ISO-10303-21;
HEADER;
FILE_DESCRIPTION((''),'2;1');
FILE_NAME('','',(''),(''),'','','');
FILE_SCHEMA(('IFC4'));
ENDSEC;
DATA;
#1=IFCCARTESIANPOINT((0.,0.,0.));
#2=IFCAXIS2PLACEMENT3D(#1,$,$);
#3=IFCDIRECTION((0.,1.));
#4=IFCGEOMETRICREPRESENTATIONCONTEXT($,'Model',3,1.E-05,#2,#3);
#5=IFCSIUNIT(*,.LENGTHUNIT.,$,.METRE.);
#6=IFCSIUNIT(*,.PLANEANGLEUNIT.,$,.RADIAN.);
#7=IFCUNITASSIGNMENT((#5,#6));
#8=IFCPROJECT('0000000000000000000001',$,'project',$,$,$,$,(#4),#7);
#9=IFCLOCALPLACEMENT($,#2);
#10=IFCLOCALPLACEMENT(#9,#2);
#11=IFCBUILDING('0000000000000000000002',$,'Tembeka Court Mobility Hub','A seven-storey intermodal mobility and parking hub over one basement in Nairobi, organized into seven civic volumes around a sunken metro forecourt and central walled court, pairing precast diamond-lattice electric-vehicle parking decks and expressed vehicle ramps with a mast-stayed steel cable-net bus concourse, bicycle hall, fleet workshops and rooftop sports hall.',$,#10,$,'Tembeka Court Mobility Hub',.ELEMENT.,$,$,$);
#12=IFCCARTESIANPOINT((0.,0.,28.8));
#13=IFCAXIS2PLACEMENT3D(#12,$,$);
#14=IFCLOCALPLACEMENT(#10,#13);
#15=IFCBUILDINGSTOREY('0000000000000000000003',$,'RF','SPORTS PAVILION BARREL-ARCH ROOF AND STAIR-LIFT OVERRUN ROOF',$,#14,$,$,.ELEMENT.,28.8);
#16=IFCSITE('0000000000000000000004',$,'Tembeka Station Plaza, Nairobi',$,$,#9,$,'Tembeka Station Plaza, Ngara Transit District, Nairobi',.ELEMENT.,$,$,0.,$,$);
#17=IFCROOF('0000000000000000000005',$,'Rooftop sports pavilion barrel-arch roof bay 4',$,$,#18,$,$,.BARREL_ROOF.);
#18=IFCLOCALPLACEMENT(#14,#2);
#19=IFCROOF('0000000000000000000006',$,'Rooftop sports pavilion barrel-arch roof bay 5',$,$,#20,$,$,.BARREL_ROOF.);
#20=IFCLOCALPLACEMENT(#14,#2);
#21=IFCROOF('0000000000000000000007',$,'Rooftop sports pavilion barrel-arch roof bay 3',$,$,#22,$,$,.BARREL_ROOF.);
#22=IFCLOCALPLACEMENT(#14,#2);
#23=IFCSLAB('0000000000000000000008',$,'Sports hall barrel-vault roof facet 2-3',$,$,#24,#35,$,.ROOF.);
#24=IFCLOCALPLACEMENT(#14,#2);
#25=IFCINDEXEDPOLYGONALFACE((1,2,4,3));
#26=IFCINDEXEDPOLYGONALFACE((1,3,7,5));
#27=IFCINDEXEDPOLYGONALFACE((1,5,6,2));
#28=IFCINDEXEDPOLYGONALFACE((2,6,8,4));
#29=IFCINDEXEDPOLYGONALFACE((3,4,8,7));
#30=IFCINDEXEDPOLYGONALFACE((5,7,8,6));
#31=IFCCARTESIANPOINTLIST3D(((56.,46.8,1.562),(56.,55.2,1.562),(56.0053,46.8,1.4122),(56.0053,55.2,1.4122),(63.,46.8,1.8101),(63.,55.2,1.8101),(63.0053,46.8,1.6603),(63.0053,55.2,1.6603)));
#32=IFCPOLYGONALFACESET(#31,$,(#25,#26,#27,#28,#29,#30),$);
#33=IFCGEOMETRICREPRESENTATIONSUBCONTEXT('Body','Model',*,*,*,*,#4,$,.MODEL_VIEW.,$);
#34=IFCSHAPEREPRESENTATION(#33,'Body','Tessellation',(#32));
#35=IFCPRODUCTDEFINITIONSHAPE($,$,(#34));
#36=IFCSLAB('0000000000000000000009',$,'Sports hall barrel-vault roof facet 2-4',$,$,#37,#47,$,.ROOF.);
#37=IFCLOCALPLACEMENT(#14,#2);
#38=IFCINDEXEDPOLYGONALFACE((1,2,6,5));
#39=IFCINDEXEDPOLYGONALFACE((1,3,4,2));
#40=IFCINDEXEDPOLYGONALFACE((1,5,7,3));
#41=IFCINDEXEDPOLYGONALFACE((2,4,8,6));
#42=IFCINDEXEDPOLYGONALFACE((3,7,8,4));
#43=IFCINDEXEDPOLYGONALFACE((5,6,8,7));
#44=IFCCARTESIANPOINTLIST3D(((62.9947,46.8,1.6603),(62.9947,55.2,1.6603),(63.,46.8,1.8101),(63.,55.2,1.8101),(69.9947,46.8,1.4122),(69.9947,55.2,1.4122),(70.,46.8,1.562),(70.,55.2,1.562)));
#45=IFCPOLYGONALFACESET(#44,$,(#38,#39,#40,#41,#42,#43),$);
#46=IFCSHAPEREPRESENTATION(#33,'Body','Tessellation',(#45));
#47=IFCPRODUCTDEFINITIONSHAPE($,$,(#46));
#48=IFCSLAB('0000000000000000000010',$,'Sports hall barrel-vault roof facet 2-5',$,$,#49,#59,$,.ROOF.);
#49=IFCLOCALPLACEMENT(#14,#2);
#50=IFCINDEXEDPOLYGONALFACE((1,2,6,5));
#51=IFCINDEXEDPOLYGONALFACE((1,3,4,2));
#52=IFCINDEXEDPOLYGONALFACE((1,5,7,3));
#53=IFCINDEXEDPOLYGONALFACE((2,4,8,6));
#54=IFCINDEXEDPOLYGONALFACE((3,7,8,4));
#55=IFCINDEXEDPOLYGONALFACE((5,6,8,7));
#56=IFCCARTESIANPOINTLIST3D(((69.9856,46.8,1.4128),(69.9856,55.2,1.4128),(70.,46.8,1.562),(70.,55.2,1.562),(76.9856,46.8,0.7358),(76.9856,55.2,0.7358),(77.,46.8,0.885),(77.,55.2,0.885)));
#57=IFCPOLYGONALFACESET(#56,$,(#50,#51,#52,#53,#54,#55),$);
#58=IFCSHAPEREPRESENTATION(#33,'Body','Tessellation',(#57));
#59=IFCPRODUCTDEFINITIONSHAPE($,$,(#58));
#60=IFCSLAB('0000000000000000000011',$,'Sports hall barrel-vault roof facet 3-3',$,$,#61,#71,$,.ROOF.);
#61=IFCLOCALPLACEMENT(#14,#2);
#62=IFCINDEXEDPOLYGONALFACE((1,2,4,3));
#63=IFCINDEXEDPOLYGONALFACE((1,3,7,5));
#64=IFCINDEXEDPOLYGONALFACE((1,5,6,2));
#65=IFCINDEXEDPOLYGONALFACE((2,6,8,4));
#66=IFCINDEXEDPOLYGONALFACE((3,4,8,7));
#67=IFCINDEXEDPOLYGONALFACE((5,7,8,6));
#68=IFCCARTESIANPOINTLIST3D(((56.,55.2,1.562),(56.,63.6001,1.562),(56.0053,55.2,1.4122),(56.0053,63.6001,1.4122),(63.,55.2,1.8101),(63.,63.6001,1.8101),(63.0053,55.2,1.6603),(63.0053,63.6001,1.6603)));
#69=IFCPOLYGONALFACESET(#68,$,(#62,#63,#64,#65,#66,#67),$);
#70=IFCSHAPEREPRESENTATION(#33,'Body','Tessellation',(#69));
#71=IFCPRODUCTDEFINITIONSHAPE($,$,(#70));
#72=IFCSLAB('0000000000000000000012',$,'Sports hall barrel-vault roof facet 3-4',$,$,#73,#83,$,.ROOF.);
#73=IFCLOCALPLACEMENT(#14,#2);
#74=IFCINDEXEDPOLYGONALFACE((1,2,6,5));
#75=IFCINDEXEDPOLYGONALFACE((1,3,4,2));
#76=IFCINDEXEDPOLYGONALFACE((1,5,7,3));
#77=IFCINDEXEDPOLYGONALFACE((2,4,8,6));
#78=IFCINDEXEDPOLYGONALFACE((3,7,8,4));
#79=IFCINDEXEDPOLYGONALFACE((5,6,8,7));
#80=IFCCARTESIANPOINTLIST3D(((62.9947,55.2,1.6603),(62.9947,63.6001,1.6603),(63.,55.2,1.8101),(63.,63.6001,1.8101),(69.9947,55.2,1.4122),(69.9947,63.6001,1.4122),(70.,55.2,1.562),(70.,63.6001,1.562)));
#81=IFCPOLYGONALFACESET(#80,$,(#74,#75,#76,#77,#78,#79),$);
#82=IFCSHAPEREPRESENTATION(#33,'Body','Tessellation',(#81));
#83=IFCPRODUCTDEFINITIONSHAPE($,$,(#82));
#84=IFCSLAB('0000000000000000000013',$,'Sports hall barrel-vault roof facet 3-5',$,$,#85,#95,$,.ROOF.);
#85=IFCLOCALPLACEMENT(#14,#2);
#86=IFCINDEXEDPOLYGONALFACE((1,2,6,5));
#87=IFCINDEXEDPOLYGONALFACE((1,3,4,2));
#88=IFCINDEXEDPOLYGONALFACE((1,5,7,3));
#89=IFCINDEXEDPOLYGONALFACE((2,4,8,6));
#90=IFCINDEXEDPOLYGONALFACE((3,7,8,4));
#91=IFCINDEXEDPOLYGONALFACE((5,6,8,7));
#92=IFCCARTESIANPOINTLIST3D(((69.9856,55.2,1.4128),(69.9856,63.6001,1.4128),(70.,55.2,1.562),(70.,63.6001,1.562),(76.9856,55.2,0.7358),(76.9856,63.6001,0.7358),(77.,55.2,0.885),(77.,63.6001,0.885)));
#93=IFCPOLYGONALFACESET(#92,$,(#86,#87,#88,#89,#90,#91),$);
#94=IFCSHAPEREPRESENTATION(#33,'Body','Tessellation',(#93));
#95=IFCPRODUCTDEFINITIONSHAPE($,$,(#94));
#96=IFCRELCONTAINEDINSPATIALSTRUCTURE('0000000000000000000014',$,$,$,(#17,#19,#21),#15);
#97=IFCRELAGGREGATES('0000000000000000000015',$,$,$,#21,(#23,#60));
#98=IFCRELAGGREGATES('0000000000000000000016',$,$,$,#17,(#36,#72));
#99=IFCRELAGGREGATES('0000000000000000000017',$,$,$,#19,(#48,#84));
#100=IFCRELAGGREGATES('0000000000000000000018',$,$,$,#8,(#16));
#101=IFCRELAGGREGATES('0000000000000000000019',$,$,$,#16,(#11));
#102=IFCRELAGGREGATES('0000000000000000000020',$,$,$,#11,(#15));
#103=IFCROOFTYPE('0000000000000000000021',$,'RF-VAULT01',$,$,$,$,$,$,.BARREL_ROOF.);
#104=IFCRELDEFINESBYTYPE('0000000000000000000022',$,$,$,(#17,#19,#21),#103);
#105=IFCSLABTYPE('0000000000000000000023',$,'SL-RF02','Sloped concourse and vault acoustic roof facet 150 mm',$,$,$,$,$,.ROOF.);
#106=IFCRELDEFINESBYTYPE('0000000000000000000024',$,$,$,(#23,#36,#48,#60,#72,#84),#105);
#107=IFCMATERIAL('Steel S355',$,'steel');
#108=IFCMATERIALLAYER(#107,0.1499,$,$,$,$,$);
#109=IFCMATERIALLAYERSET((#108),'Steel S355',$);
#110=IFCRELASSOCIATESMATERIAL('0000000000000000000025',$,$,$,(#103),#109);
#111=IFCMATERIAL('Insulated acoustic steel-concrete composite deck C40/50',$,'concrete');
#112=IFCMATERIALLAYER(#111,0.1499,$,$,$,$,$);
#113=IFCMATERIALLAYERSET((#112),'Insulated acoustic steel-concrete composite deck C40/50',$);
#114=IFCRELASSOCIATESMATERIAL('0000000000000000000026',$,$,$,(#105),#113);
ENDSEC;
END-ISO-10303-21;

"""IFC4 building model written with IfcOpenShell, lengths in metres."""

from ifc_helpers import new_model, si_unit, direction, frame, origin, place, context, subcontext, project, spatial, polyline, outline, extrude, material, layer, layer_set, type_object, element, aggregate, save


model = new_model("IFC4")

# Units and contexts
model_context = context("Model", 3, precision=1e-05, world=origin(), true_north=direction((0.0, 1.0)))
body_context = subcontext(model_context, "Body", "Model", "MODEL_VIEW")
ifc_project = project(units=[si_unit("LENGTHUNIT", "METRE"), si_unit("PLANEANGLEUNIT", "RADIAN")], contexts=[model_context])

# Site, building, storey
site_placement = place(None, origin())
site = spatial("IfcSite", under=ifc_project, at=site_placement, Name="Tembeka Station Plaza, Nairobi", LongName="Tembeka Station Plaza, Ngara Transit District, Nairobi", CompositionType="ELEMENT", RefElevation=0.0)
building_placement = place(site_placement, origin())
building = spatial("IfcBuilding", under=site, at=building_placement, Name="Tembeka Court Mobility Hub", Description="A seven-storey intermodal mobility and parking hub over one basement in Nairobi, organized into seven civic volumes around a sunken metro forecourt and central walled court, pairing precast diamond-lattice electric-vehicle parking decks and expressed vehicle ramps with a mast-stayed steel cable-net bus concourse, bicycle hall, fleet workshops and rooftop sports hall.", LongName="Tembeka Court Mobility Hub", CompositionType="ELEMENT")
storey_placement = place(building_placement, frame((0.0, 0.0, 28.8)))
storey = spatial("IfcBuildingStorey", under=building, at=storey_placement, Name="RF", Description="SPORTS PAVILION BARREL-ARCH ROOF AND STAIR-LIFT OVERRUN ROOF", CompositionType="ELEMENT", Elevation=28.8)

# Shared definitions
ifc_material_1 = material(Name="Steel S355", Category="steel")

# Roofs, slab
ifc_layer_1 = layer(ifc_material_1, 0.1499)
ifc_layer_set_1 = layer_set([ifc_layer_1], Name="Steel S355")
roof_type = type_object("IfcRoofType", Name="RF-VAULT01", PredefinedType="BARREL_ROOF", material=ifc_layer_set_1)
roof_1_placement = place(storey_placement, origin())
roof_1 = element("IfcRoof", 1, at=roof_1_placement, inside=storey, type_object=roof_type, Name="Rooftop sports pavilion barrel-arch roof bay 4", PredefinedType="BARREL_ROOF")
ifc_material_2 = material(Name="Insulated acoustic steel-concrete composite deck C40/50", Category="concrete")
ifc_layer_2 = layer(ifc_material_2, 0.1499)
ifc_layer_set_2 = layer_set([ifc_layer_2], Name="Insulated acoustic steel-concrete composite deck C40/50")
slab_type = type_object("IfcSlabType", Name="SL-RF02", Description="Sloped concourse and vault acoustic roof facet 150 mm", PredefinedType="ROOF", material=ifc_layer_set_2)
roof_2_placement = place(storey_placement, origin())
roof_2 = element("IfcRoof", 2, at=roof_2_placement, inside=storey, type_object=roof_type, Name="Rooftop sports pavilion barrel-arch roof bay 5", PredefinedType="BARREL_ROOF")
roof_3_placement = place(storey_placement, origin())
roof_3 = element("IfcRoof", 3, at=roof_3_placement, inside=storey, type_object=roof_type, Name="Rooftop sports pavilion barrel-arch roof bay 3", PredefinedType="BARREL_ROOF")
slab_1_placement = place(storey_placement, frame((56.0, 46.8, 1.562), z_axis=(-0.035413, 0.0, 0.999373), x_axis=(0.999373, 0.0, 0.035413)))
slab_1 = element("IfcSlab", 4, at=slab_1_placement, type_object=slab_type, Name="Sports hall barrel-vault roof facet 2-3", PredefinedType="ROOF", context=body_context, shape_type="SweptSolid", body=[
    extrude(outline(polyline([(0.0, 0.0), (7.0044, 0.0), (7.0044, 8.3999), (0.0, 8.3999), (0.0, 0.0)])), origin(), (0.0, 0.0, -1.0), 0.1499),
])

# Slabs
slab_2_placement = place(storey_placement, frame((63.0, 46.8, 1.8101), z_axis=(0.035413, 0.0, 0.999373), x_axis=(0.999373, 0.0, -0.035413)))
slab_2 = element("IfcSlab", 5, at=slab_2_placement, type_object=slab_type, Name="Sports hall barrel-vault roof facet 2-4", PredefinedType="ROOF", context=body_context, shape_type="SweptSolid", body=[
    extrude(outline(polyline([(0.0, 0.0), (7.0044, 0.0), (7.0044, 8.3999), (0.0, 8.3999), (0.0, 0.0)])), origin(), (0.0, 0.0, -1.0), 0.1499),
])
slab_3_placement = place(storey_placement, frame((70.0, 46.8, 1.562), z_axis=(0.096265, 0.0, 0.995356), x_axis=(0.995356, 0.0, -0.096265)))
slab_3 = element("IfcSlab", 6, at=slab_3_placement, type_object=slab_type, Name="Sports hall barrel-vault roof facet 2-5", PredefinedType="ROOF", context=body_context, shape_type="SweptSolid", body=[
    extrude(outline(polyline([(0.0, 0.0), (7.0327, 0.0), (7.0327, 8.3999), (0.0, 8.3999), (0.0, 0.0)])), origin(), (0.0, 0.0, -1.0), 0.1499),
])
slab_4_placement = place(storey_placement, frame((56.0, 55.2, 1.562), z_axis=(-0.035413, 0.0, 0.999373), x_axis=(0.999373, 0.0, 0.035413)))
slab_4 = element("IfcSlab", 7, at=slab_4_placement, type_object=slab_type, Name="Sports hall barrel-vault roof facet 3-3", PredefinedType="ROOF", context=body_context, shape_type="SweptSolid", body=[
    extrude(outline(polyline([(0.0, 0.0), (7.0044, 0.0), (7.0044, 8.4001), (0.0, 8.4001), (0.0, 0.0)])), origin(), (0.0, 0.0, -1.0), 0.1499),
])
aggregate(roof_3, [slab_1, slab_4])
slab_5_placement = place(storey_placement, frame((63.0, 55.2, 1.8101), z_axis=(0.035413, 0.0, 0.999373), x_axis=(0.999373, 0.0, -0.035413)))
slab_5 = element("IfcSlab", 8, at=slab_5_placement, type_object=slab_type, Name="Sports hall barrel-vault roof facet 3-4", PredefinedType="ROOF", context=body_context, shape_type="SweptSolid", body=[
    extrude(outline(polyline([(0.0, 0.0), (7.0044, 0.0), (7.0044, 8.4001), (0.0, 8.4001), (0.0, 0.0)])), origin(), (0.0, 0.0, -1.0), 0.1499),
])
aggregate(roof_1, [slab_2, slab_5])
slab_6_placement = place(storey_placement, frame((70.0, 55.2, 1.562), z_axis=(0.096265, 0.0, 0.995356), x_axis=(0.995356, 0.0, -0.096265)))
slab_6 = element("IfcSlab", 9, at=slab_6_placement, type_object=slab_type, Name="Sports hall barrel-vault roof facet 3-5", PredefinedType="ROOF", context=body_context, shape_type="SweptSolid", body=[
    extrude(outline(polyline([(0.0, 0.0), (7.0327, 0.0), (7.0327, 8.4001), (0.0, 8.4001), (0.0, 0.0)])), origin(), (0.0, 0.0, -1.0), 0.1499),
])
aggregate(roof_2, [slab_3, slab_6])

save(model, "model.ifc")
